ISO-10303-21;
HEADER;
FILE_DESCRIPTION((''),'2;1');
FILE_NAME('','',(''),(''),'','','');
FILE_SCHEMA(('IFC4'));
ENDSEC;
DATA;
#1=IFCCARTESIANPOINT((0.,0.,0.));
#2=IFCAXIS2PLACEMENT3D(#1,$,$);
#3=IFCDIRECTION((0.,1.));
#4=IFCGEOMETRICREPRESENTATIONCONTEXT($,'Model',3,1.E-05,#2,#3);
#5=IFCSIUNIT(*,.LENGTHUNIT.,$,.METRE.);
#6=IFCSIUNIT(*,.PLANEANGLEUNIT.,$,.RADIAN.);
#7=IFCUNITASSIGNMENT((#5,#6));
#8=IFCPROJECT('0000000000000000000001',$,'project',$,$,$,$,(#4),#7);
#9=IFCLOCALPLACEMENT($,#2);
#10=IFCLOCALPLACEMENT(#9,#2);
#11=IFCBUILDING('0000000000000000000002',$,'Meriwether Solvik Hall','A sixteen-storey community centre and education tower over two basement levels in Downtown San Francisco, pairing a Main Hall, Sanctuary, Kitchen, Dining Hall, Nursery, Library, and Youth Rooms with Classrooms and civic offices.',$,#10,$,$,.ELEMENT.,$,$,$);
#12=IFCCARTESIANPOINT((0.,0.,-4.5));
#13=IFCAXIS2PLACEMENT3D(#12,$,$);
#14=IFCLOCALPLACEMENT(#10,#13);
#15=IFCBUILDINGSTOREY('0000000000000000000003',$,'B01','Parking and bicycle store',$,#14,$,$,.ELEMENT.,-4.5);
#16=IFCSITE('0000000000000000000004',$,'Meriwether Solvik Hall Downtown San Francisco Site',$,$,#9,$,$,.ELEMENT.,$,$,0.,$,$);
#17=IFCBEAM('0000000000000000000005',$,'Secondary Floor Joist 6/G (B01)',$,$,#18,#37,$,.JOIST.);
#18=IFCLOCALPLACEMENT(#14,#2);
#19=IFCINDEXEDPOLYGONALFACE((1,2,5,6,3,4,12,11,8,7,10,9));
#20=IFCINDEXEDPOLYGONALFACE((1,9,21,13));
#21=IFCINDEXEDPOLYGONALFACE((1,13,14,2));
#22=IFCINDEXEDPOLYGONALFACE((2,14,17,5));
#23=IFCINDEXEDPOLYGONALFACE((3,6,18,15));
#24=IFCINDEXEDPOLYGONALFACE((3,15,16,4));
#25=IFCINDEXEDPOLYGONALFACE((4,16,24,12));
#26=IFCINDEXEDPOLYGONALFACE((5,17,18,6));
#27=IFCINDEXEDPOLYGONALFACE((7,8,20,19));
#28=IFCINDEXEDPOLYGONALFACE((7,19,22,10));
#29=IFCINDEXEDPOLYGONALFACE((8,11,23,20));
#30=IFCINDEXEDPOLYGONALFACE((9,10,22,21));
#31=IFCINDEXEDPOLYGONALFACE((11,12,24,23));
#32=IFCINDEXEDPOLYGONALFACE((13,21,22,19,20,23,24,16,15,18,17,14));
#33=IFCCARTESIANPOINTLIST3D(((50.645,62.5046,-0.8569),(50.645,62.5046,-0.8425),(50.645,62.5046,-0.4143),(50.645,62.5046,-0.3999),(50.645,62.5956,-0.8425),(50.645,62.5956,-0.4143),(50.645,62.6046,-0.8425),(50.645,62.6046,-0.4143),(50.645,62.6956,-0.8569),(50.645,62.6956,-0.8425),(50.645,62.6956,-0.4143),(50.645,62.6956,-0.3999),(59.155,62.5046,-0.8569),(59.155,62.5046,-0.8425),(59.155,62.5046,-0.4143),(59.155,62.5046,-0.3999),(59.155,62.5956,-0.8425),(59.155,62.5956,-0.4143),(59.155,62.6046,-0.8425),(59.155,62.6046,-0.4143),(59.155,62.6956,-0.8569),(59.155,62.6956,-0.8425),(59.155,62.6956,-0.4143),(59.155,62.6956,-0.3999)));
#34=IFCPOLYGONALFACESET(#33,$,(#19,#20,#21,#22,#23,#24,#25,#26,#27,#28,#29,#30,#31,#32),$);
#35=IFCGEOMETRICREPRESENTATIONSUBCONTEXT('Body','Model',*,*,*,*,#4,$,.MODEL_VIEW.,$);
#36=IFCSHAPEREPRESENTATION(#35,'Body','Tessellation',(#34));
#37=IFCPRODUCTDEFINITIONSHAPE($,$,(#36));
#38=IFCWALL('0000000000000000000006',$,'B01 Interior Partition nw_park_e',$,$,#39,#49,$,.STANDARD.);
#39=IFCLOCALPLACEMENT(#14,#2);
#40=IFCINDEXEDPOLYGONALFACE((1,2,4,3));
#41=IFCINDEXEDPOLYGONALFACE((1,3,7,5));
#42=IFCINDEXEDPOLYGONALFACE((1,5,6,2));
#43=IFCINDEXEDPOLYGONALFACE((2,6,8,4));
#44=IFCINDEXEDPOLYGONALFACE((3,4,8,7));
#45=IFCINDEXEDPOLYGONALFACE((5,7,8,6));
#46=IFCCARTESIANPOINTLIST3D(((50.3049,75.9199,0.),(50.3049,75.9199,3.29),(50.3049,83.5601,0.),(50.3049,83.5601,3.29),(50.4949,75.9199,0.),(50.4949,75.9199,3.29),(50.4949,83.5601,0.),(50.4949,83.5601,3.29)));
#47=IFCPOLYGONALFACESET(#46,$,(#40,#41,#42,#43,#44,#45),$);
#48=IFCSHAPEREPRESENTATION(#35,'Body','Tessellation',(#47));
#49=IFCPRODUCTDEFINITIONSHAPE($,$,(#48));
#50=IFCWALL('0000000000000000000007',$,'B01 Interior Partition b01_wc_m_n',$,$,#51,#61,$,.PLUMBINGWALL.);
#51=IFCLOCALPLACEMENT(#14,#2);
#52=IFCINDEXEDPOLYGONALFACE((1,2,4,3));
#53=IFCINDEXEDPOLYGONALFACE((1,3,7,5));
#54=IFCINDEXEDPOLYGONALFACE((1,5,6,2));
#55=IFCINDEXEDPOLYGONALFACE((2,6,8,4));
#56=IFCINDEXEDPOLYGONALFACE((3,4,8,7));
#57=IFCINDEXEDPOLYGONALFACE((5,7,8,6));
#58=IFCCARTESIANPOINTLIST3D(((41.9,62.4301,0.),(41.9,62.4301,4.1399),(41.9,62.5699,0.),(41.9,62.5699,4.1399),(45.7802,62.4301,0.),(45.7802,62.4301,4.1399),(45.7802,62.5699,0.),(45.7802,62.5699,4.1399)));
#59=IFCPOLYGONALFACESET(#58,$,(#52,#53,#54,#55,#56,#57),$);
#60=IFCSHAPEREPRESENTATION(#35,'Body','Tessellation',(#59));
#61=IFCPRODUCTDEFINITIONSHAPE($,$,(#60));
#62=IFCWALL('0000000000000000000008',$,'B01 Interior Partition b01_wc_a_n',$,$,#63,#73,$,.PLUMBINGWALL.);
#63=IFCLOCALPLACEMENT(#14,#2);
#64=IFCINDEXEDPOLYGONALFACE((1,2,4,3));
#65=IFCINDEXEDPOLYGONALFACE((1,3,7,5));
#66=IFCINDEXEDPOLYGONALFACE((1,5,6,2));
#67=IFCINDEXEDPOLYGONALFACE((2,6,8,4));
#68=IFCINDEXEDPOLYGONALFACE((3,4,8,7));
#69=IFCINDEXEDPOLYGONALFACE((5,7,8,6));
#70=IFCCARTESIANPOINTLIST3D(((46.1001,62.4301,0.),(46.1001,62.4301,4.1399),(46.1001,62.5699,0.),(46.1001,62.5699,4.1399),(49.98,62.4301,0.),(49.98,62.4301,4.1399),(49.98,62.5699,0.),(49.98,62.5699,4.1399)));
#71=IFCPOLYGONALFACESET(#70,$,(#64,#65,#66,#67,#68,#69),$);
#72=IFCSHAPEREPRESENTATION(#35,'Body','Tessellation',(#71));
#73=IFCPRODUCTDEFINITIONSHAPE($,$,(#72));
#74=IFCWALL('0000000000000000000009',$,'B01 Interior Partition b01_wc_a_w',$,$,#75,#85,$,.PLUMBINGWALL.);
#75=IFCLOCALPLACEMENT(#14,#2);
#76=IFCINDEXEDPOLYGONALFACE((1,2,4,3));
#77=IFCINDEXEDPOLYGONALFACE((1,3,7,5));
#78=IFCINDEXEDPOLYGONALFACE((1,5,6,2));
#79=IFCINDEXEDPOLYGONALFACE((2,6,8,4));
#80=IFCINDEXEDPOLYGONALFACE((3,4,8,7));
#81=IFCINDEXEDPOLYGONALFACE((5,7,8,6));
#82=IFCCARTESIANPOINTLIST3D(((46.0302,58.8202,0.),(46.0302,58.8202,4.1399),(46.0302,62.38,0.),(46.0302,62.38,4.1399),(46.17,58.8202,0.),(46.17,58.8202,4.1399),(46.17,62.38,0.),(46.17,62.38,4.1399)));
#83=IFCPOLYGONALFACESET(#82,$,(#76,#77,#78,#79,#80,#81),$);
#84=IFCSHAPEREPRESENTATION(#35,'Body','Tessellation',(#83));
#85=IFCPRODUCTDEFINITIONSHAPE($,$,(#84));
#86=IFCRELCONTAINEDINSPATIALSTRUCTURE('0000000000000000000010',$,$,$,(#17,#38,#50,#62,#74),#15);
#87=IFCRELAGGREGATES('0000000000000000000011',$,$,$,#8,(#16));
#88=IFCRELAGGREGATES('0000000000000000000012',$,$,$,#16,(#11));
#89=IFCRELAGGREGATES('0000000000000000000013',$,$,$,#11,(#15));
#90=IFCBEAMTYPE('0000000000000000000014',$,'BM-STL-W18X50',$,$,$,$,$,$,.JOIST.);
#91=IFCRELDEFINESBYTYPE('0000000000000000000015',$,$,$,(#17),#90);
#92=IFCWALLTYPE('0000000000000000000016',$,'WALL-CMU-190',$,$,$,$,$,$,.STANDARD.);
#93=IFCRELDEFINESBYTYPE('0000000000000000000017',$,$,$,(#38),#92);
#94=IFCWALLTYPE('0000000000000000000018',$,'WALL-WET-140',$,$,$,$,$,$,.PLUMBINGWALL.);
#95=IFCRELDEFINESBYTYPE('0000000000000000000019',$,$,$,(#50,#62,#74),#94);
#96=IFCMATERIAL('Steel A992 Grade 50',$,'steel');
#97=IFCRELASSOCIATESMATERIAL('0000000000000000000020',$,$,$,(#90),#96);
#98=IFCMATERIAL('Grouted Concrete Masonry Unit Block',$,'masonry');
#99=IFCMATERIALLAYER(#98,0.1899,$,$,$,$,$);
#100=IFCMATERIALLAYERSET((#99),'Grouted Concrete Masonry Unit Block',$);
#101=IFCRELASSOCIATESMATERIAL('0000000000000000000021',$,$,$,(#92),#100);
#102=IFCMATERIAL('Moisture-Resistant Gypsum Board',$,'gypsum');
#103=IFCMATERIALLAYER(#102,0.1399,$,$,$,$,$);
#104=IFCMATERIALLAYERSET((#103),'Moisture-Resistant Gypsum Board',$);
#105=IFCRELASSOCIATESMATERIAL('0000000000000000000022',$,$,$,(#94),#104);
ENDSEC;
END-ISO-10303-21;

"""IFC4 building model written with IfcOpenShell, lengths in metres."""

from ifc_helpers import new_model, si_unit, direction, frame, frame_2d, origin, origin_2d, place, context, subcontext, project, spatial, rectangle, i_section, extrude, material, layer, layer_set, material_profile, profile_set, type_object, element, save


model = new_model("IFC4")

# Units and contexts
model_context = context("Model", 3, precision=1e-05, world=origin(), true_north=direction((0.0, 1.0)))
body_context = subcontext(model_context, "Body", "Model", "MODEL_VIEW")
ifc_project = project(units=[si_unit("LENGTHUNIT", "METRE"), si_unit("PLANEANGLEUNIT", "RADIAN")], contexts=[model_context])

# Site, building, storey
site_placement = place(None, origin())
site = spatial("IfcSite", under=ifc_project, at=site_placement, Name="Meriwether Solvik Hall Downtown San Francisco Site", CompositionType="ELEMENT", RefElevation=0.0)
building_placement = place(site_placement, origin())
building = spatial("IfcBuilding", under=site, at=building_placement, Name="Meriwether Solvik Hall", Description="A sixteen-storey community centre and education tower over two basement levels in Downtown San Francisco, pairing a Main Hall, Sanctuary, Kitchen, Dining Hall, Nursery, Library, and Youth Rooms with Classrooms and civic offices.", CompositionType="ELEMENT")
storey_placement = place(building_placement, frame((0.0, 0.0, -4.5)))
storey = spatial("IfcBuildingStorey", under=building, at=storey_placement, Name="B01", Description="Parking and bicycle store", CompositionType="ELEMENT", Elevation=-4.5)

# Beam
ifc_material_1 = material(Name="Steel A992 Grade 50", Category="steel")
ifc_material_profile_1 = material_profile(ifc_material_1, i_section(OverallWidth=0.1909, OverallDepth=0.457, WebThickness=0.009, FlangeThickness=0.0144, at=origin_2d()), Name="W18X50")
ifc_profile_set_1 = profile_set([ifc_material_profile_1], Name="Steel A992 Grade 50")
beam_type_1 = type_object("IfcBeamType", Name="BM-STL-W18X50", PredefinedType="JOIST", material=ifc_profile_set_1)
beam_1_placement = place(storey_placement, frame((50.645, 62.6001, -0.6284), z_axis=(1.0, 0.0, 0.0), x_axis=(0.0, 1.0, 0.0)))
element("IfcBeam", 1, at=beam_1_placement, inside=storey, type_object=beam_type_1, Name="Secondary Floor Joist 6/G (B01)", PredefinedType="JOIST", context=body_context, shape_type="SweptSolid", body=[
    extrude(i_section(OverallWidth=0.1909, OverallDepth=0.457, WebThickness=0.009, FlangeThickness=0.0144, at=origin_2d()), origin(), (0.0, 0.0, 1.0), 8.51),
])

# Walls
ifc_material_2 = material(Name="Grouted Concrete Masonry Unit Block", Category="masonry")
ifc_layer_1 = layer(ifc_material_2, 0.1899)
ifc_layer_set_1 = layer_set([ifc_layer_1], Name="Grouted Concrete Masonry Unit Block")
wall_type_1 = type_object("IfcWallType", Name="WALL-CMU-190", PredefinedType="STANDARD", material=ifc_layer_set_1)
wall_1_placement = place(storey_placement, frame((50.3999, 75.9199, 0.0), z_axis=(0.0, 0.0, 1.0), x_axis=(0.0, 1.0, 0.0)))
element("IfcWall", 2, at=wall_1_placement, inside=storey, type_object=wall_type_1, Name="B01 Interior Partition nw_park_e", PredefinedType="STANDARD", context=body_context, shape_type="SweptSolid", body=[
    extrude(rectangle(XDim=7.6401, YDim=0.1899, at=frame_2d((3.8201, 0.0))), origin(), (0.0, 0.0, 1.0), 3.29),
])
ifc_material_3 = material(Name="Moisture-Resistant Gypsum Board", Category="gypsum")
ifc_layer_2 = layer(ifc_material_3, 0.1399)
ifc_layer_set_2 = layer_set([ifc_layer_2], Name="Moisture-Resistant Gypsum Board")
wall_type_2 = type_object("IfcWallType", Name="WALL-WET-140", PredefinedType="PLUMBINGWALL", material=ifc_layer_set_2)
wall_2_placement = place(storey_placement, frame((45.78, 62.5, 0.0), z_axis=(0.0, 0.0, 1.0), x_axis=(-1.0, 0.0, 0.0)))
element("IfcWall", 3, at=wall_2_placement, inside=storey, type_object=wall_type_2, Name="B01 Interior Partition b01_wc_m_n", PredefinedType="PLUMBINGWALL", context=body_context, shape_type="SweptSolid", body=[
    extrude(rectangle(XDim=3.8801, YDim=0.1399, at=frame_2d((1.9399, 0.0))), origin(), (0.0, 0.0, 1.0), 4.1399),
])
wall_3_placement = place(storey_placement, frame((49.98, 62.5, 0.0), z_axis=(0.0, 0.0, 1.0), x_axis=(-1.0, 0.0, 0.0)))
element("IfcWall", 4, at=wall_3_placement, inside=storey, type_object=wall_type_2, Name="B01 Interior Partition b01_wc_a_n", PredefinedType="PLUMBINGWALL", context=body_context, shape_type="SweptSolid", body=[
    extrude(rectangle(XDim=3.8799, YDim=0.1399, at=frame_2d((1.9399, 0.0))), origin(), (0.0, 0.0, 1.0), 4.1399),
])
wall_4_placement = place(storey_placement, frame((46.1001, 62.3799, 0.0), z_axis=(0.0, 0.0, 1.0), x_axis=(0.0, -1.0, 0.0)))
element("IfcWall", 5, at=wall_4_placement, inside=storey, type_object=wall_type_2, Name="B01 Interior Partition b01_wc_a_w", PredefinedType="PLUMBINGWALL", context=body_context, shape_type="SweptSolid", body=[
    extrude(rectangle(XDim=3.5598, YDim=0.1399, at=frame_2d((1.7798, 0.0))), origin(), (0.0, 0.0, 1.0), 4.1399),
])

save(model, "model.ifc")
